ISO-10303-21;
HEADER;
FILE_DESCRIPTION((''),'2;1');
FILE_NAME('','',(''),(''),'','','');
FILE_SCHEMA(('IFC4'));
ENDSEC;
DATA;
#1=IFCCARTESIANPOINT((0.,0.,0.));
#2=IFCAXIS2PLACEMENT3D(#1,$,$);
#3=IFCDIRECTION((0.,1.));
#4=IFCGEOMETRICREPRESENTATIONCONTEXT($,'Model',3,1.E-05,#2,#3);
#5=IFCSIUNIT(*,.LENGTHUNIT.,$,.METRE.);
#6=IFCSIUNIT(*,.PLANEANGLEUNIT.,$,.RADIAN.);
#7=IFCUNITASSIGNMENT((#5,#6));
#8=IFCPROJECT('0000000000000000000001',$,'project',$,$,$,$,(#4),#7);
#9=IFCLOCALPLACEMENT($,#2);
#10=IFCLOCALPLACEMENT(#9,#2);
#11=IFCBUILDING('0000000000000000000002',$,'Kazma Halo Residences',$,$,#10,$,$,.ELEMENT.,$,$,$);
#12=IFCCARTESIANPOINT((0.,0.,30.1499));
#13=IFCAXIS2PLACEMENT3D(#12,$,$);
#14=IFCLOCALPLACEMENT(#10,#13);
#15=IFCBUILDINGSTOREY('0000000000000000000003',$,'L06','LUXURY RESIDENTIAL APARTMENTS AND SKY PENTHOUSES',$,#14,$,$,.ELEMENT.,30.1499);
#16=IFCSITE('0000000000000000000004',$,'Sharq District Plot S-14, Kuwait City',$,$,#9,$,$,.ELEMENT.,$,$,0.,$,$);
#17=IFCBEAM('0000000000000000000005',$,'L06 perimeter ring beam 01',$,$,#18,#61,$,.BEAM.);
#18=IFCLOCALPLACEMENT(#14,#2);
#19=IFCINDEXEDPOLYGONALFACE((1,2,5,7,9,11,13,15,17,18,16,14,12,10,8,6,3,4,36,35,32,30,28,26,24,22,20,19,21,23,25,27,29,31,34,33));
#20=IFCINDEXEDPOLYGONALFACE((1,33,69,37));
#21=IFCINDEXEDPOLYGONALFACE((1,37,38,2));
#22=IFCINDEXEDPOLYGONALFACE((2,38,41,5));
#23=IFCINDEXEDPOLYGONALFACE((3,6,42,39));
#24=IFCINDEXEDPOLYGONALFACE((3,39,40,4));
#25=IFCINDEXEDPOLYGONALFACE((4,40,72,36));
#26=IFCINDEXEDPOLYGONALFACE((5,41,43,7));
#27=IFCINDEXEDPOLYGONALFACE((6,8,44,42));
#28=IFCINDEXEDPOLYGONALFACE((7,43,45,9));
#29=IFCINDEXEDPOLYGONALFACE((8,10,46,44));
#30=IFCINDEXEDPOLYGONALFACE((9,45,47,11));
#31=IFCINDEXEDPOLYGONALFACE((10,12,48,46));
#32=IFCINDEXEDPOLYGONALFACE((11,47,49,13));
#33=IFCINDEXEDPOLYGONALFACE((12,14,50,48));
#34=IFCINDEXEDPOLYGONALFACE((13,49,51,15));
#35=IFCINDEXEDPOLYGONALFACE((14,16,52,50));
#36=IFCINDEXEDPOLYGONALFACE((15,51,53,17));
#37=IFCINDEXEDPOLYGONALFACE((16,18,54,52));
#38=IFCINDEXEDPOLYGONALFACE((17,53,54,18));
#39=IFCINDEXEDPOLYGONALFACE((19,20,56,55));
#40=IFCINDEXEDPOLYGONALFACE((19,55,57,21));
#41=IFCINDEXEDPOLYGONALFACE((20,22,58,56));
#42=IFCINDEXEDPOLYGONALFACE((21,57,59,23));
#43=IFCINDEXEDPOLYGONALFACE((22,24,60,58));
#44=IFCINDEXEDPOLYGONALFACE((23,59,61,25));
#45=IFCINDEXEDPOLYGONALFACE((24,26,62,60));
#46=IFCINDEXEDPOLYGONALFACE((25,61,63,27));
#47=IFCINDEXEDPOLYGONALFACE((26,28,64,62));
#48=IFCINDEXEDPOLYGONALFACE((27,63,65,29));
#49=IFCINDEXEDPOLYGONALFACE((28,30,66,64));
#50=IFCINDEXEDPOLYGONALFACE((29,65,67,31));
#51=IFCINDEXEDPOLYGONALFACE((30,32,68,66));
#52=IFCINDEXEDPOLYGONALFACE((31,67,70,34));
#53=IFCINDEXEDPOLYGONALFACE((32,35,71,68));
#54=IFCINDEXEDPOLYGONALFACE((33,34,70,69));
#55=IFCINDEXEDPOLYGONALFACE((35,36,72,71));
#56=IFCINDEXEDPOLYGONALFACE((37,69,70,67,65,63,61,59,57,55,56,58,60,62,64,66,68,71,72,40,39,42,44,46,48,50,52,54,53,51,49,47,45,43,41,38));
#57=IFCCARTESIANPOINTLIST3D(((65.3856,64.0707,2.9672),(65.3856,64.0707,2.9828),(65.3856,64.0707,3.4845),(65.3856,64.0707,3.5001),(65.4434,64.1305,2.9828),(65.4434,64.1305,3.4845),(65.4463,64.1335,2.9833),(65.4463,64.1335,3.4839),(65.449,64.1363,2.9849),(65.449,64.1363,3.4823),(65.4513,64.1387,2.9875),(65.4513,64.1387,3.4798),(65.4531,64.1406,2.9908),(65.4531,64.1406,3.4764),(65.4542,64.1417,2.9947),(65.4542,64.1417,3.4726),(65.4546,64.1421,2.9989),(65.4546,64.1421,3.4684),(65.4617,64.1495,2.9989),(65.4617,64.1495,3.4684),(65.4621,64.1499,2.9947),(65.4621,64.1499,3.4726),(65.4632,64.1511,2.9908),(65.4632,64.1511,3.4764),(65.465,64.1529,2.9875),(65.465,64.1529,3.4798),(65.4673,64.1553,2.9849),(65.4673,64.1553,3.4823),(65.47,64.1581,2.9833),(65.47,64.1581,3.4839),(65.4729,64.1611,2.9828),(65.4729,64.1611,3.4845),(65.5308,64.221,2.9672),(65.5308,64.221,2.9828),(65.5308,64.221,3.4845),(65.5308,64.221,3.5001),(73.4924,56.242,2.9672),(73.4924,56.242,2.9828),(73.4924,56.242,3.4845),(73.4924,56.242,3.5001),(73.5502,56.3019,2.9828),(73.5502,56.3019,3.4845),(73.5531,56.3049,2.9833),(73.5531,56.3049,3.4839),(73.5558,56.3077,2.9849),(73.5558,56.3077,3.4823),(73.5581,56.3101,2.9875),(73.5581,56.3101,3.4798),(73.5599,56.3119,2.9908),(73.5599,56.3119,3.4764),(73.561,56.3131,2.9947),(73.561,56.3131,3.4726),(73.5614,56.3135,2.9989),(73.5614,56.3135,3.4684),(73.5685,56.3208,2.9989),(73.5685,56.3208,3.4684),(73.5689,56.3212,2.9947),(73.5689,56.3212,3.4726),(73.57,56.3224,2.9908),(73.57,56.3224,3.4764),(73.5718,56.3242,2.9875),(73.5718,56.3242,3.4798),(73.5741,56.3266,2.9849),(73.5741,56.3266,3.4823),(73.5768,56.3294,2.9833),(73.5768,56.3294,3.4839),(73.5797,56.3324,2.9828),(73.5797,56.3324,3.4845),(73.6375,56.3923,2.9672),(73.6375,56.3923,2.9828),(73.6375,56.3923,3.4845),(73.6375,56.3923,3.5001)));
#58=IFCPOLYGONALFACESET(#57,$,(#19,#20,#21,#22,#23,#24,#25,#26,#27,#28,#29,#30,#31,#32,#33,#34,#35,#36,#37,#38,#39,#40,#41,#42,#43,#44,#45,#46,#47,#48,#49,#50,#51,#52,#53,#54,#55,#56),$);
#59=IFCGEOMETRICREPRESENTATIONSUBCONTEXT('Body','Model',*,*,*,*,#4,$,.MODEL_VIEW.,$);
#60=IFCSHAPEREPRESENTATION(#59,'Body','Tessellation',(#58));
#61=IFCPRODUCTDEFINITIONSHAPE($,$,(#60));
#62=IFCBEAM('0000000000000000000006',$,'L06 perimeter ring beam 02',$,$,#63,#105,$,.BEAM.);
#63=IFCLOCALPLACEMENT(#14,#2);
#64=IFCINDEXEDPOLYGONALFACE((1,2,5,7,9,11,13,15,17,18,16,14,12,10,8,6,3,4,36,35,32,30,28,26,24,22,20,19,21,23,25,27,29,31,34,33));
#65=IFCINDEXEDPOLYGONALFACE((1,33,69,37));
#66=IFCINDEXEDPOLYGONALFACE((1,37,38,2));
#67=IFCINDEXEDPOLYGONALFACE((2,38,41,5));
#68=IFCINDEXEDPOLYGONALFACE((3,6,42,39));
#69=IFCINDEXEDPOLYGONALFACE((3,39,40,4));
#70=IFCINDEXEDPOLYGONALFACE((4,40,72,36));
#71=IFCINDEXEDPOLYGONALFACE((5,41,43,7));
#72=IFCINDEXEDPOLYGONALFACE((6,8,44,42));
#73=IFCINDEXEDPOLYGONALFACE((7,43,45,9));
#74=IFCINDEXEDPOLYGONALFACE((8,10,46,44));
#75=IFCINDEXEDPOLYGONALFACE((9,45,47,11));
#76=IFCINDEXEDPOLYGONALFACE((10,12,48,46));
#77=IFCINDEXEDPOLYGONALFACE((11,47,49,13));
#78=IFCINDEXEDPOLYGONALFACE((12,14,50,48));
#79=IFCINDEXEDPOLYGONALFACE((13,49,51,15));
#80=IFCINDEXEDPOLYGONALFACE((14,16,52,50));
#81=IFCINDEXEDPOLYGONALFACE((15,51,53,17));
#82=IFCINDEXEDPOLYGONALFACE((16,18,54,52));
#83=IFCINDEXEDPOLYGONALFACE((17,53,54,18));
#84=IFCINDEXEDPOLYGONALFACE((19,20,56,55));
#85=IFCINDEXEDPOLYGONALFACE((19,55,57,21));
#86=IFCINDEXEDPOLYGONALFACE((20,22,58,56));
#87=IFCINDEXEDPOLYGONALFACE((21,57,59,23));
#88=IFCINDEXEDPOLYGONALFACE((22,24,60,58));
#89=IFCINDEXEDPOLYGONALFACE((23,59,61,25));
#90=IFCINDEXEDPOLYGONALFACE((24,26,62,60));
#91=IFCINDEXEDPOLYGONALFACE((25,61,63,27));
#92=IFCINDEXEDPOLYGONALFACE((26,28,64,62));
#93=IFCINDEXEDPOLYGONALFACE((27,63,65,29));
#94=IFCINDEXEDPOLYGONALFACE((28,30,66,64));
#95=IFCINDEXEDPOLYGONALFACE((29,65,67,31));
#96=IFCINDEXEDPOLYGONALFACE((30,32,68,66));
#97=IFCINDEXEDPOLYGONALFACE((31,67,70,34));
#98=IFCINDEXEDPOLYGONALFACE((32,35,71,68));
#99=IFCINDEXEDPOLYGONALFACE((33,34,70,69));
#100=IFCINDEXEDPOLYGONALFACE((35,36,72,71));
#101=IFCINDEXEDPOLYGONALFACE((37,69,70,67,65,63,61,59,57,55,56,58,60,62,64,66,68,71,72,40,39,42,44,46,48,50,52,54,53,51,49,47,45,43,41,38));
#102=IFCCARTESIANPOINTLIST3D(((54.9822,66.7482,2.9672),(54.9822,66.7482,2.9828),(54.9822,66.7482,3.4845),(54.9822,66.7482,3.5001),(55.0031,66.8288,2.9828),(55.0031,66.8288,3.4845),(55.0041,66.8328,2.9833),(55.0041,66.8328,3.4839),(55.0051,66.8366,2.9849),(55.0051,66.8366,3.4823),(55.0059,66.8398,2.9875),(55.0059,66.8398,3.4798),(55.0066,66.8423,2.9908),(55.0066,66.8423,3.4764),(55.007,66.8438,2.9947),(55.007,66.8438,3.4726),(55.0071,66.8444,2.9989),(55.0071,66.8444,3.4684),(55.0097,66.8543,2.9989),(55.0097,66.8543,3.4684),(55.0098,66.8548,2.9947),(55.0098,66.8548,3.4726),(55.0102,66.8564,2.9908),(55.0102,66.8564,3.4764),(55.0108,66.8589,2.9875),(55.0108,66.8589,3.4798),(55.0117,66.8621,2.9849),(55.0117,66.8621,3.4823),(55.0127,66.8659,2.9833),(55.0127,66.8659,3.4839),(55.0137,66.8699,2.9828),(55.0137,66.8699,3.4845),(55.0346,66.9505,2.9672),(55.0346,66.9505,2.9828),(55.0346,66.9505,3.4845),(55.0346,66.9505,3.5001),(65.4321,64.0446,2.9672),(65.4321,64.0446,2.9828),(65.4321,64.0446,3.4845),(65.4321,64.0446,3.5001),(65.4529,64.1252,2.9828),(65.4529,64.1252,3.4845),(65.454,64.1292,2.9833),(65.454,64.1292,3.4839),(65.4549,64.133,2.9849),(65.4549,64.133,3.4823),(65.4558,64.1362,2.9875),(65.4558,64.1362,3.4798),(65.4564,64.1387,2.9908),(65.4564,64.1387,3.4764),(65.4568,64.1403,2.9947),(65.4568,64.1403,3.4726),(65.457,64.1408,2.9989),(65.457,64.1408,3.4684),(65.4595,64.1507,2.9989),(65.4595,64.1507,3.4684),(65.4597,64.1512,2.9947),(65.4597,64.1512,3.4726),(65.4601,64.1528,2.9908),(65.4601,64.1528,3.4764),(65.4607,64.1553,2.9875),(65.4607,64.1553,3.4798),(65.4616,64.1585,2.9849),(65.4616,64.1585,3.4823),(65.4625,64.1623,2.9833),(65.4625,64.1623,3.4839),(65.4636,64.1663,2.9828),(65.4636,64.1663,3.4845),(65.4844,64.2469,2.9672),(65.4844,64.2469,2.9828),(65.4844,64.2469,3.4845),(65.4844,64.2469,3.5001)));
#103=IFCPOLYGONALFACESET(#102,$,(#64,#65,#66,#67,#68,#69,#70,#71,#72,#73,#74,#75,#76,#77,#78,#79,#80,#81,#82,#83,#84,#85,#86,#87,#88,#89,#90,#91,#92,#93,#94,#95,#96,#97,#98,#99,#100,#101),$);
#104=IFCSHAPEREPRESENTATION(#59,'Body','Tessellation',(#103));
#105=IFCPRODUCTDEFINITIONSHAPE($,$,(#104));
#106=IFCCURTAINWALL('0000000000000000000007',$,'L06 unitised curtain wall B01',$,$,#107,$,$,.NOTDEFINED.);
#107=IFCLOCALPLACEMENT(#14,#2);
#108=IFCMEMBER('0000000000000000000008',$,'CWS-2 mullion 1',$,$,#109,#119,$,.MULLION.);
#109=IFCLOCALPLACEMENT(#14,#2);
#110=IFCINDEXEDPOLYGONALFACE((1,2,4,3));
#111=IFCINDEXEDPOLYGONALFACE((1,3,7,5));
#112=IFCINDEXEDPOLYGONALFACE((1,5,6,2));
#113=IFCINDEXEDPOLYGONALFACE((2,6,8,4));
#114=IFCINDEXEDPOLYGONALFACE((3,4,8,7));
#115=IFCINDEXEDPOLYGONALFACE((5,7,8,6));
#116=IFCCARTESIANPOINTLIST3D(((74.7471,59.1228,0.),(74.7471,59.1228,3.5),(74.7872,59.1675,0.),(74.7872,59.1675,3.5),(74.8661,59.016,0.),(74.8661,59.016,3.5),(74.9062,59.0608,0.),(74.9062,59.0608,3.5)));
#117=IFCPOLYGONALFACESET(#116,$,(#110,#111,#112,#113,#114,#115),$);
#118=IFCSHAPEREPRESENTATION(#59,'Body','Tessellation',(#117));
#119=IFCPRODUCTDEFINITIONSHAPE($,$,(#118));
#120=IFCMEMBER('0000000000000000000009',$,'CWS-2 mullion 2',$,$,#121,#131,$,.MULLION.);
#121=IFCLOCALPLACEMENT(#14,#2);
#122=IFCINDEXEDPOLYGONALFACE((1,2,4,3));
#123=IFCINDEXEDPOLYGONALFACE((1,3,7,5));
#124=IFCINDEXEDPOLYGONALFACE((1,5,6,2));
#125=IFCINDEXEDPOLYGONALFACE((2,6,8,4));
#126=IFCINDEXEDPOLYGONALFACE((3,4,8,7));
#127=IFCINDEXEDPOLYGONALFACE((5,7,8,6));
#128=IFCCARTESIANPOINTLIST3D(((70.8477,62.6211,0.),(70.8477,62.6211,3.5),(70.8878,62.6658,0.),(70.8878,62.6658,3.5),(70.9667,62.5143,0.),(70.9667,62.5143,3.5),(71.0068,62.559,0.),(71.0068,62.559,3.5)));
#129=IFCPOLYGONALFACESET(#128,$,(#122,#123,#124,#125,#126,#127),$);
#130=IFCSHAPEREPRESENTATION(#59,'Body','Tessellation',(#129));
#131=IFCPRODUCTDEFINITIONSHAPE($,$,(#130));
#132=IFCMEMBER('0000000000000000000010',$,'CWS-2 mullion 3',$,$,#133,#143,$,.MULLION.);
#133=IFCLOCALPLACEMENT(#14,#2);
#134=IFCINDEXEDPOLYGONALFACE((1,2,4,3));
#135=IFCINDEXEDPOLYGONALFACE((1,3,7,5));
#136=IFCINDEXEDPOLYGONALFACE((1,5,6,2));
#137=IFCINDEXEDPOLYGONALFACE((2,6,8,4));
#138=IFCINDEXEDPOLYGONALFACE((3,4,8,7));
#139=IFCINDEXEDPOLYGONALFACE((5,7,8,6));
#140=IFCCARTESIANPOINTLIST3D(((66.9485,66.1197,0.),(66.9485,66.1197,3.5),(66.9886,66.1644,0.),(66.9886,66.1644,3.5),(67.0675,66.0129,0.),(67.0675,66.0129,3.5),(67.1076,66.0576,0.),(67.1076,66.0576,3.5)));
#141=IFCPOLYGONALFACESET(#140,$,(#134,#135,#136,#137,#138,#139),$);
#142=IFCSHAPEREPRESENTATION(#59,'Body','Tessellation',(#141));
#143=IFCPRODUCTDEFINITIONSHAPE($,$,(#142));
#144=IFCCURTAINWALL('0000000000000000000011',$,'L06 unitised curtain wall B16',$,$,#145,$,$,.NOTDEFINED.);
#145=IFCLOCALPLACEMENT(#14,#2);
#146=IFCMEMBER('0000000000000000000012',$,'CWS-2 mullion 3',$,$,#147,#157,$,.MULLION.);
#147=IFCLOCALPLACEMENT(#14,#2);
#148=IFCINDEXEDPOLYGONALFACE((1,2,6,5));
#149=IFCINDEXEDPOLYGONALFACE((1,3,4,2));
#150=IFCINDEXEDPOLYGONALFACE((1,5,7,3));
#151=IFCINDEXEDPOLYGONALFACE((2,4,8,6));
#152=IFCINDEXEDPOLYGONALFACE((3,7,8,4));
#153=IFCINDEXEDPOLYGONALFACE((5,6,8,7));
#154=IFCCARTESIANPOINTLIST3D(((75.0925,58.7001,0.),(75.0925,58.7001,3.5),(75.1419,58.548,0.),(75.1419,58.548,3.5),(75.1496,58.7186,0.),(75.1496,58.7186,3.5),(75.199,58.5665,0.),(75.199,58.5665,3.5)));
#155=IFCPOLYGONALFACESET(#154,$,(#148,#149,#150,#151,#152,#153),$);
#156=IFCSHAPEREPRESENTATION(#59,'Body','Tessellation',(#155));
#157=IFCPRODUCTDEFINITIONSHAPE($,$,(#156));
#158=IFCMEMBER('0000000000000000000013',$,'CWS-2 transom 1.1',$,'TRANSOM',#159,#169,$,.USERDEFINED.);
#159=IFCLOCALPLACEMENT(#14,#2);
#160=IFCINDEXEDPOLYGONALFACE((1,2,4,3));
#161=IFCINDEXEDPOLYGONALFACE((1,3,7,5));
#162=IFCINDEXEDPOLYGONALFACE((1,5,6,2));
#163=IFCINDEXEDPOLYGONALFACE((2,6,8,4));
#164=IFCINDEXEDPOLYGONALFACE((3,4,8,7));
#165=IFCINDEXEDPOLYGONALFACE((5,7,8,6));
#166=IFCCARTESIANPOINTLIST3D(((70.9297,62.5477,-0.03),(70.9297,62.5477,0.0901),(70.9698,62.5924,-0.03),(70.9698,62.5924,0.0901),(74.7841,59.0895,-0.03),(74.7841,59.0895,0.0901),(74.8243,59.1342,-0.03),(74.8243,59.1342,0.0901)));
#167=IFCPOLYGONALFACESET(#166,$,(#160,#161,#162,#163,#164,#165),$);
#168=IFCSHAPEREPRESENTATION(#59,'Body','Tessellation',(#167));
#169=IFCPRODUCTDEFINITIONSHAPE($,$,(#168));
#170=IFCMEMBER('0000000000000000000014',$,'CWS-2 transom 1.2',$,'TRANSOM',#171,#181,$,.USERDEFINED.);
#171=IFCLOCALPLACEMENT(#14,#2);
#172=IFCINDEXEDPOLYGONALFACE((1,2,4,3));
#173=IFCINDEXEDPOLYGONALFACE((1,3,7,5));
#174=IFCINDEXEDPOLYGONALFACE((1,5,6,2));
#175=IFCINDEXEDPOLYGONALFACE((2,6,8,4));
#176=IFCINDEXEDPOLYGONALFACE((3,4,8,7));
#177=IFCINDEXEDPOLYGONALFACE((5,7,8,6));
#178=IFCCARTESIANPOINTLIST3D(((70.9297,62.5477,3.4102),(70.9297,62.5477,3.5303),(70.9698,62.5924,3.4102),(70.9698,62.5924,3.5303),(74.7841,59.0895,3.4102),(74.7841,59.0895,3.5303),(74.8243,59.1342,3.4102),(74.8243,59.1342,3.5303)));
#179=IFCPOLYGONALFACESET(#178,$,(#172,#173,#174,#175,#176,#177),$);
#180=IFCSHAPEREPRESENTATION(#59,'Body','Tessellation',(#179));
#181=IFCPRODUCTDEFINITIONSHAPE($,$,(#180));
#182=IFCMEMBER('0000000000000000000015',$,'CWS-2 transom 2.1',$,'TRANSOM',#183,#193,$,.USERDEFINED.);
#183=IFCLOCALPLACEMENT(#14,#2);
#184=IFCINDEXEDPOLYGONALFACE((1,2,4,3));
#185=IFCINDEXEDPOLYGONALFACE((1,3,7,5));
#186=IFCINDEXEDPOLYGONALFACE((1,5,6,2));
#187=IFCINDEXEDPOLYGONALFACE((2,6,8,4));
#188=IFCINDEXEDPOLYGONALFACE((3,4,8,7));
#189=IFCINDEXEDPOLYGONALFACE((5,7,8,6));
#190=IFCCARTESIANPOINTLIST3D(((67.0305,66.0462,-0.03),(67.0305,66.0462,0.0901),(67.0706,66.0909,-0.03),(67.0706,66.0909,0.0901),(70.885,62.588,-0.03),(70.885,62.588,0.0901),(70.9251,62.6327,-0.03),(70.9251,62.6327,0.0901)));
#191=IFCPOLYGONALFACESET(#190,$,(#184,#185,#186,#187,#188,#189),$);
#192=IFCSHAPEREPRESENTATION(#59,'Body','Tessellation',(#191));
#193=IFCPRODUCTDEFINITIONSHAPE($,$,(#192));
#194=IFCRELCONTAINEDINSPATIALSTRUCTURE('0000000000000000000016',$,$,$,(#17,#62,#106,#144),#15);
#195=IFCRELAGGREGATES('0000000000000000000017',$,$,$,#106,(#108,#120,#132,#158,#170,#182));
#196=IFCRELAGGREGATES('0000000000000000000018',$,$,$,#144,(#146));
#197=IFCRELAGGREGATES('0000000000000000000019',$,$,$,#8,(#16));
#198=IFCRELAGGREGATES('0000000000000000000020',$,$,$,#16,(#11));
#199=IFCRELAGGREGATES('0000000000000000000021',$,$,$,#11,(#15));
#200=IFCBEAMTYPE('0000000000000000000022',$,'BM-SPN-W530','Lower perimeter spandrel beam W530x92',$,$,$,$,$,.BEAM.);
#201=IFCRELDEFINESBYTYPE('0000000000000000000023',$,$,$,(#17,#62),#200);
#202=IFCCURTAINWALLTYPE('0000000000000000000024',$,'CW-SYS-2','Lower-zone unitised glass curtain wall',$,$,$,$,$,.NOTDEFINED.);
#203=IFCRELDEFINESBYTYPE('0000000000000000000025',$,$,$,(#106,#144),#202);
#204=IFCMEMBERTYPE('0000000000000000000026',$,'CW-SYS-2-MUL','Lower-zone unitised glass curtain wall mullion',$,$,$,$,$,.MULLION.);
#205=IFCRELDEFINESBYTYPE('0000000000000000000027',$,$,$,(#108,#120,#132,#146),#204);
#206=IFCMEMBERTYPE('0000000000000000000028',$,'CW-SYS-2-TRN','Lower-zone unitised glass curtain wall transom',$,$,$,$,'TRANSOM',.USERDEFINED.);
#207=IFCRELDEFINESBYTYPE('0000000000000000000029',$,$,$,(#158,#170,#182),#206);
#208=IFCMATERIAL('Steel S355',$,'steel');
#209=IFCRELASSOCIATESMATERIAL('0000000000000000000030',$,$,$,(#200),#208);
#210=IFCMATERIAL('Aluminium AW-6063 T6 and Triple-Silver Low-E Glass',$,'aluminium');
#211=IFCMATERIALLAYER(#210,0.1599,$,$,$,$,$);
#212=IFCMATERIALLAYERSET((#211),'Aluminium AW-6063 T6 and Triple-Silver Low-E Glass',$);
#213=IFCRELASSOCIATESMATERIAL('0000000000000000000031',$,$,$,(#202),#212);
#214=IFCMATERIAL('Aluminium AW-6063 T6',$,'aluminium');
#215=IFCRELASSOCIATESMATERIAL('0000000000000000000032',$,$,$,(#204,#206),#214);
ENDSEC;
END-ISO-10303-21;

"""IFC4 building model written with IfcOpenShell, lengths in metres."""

from ifc_helpers import new_model, si_unit, direction, frame, origin, origin_2d, place, context, subcontext, project, spatial, rectangle, i_section, extrude, material, layer, layer_set, material_profile, profile_set, type_object, element, aggregate, save


model = new_model("IFC4")

# Units and contexts
model_context = context("Model", 3, precision=1e-05, world=origin(), true_north=direction((0.0, 1.0)))
body_context = subcontext(model_context, "Body", "Model", "MODEL_VIEW")
ifc_project = project(units=[si_unit("LENGTHUNIT", "METRE"), si_unit("PLANEANGLEUNIT", "RADIAN")], contexts=[model_context])

# Site, building, storey
site_placement = place(None, origin())
site = spatial("IfcSite", under=ifc_project, at=site_placement, Name="Sharq District Plot S-14, Kuwait City", CompositionType="ELEMENT", RefElevation=0.0)
building_placement = place(site_placement, origin())
building = spatial("IfcBuilding", under=site, at=building_placement, Name="Kazma Halo Residences", CompositionType="ELEMENT")
storey_placement = place(building_placement, frame((0.0, 0.0, 30.1499)))
storey = spatial("IfcBuildingStorey", under=building, at=storey_placement, Name="L06", Description="LUXURY RESIDENTIAL APARTMENTS AND SKY PENTHOUSES", CompositionType="ELEMENT", Elevation=30.1499)

# Beams
ifc_material_1 = material(Name="Steel S355", Category="steel")
ifc_material_profile_1 = material_profile(ifc_material_1, i_section(OverallWidth=0.209, OverallDepth=0.533, WebThickness=0.0103, FlangeThickness=0.0156, FilletRadius=0.0161, at=origin_2d()), Name="W530x92")
ifc_profile_set_1 = profile_set([ifc_material_profile_1], Name="Steel S355")
beam_type_1 = type_object("IfcBeamType", Name="BM-SPN-W530", Description="Lower perimeter spandrel beam W530x92", PredefinedType="BEAM", material=ifc_profile_set_1)
beam_1_placement = place(storey_placement, frame((73.5649, 56.3171, 3.2336), z_axis=(-0.719337, 0.694662, 0.0), x_axis=(-0.694662, -0.719337, 0.0)))
element("IfcBeam", 1, at=beam_1_placement, inside=storey, type_object=beam_type_1, Name="L06 perimeter ring beam 01", PredefinedType="BEAM", context=body_context, shape_type="SweptSolid", body=[
    extrude(i_section(OverallWidth=0.209, OverallDepth=0.533, WebThickness=0.0103, FlangeThickness=0.0156, FilletRadius=0.0161, at=origin_2d()), origin(), (0.0, 0.0, 1.0), 11.2698),
])
beam_2_placement = place(storey_placement, frame((65.4583, 64.1458, 3.2336), z_axis=(-0.968124, 0.250473, 0.0), x_axis=(-0.250473, -0.968124, 0.0)))
element("IfcBeam", 2, at=beam_2_placement, inside=storey, type_object=beam_type_1, Name="L06 perimeter ring beam 02", PredefinedType="BEAM", context=body_context, shape_type="SweptSolid", body=[
    extrude(i_section(OverallWidth=0.209, OverallDepth=0.533, WebThickness=0.0103, FlangeThickness=0.0156, FilletRadius=0.0161, at=origin_2d()), origin(), (0.0, 0.0, 1.0), 10.7939),
])

# Curtain wall, members
ifc_material_2 = material(Name="Aluminium AW-6063 T6 and Triple-Silver Low-E Glass", Category="aluminium")
ifc_layer_1 = layer(ifc_material_2, 0.1599)
ifc_layer_set_1 = layer_set([ifc_layer_1], Name="Aluminium AW-6063 T6 and Triple-Silver Low-E Glass")
curtain_wall_type = type_object("IfcCurtainWallType", Name="CW-SYS-2", Description="Lower-zone unitised glass curtain wall", PredefinedType="NOTDEFINED", material=ifc_layer_set_1)
curtain_wall_1_placement = place(storey_placement, origin())
curtain_wall_1 = element("IfcCurtainWall", 3, at=curtain_wall_1_placement, inside=storey, type_object=curtain_wall_type, Name="L06 unitised curtain wall B01", PredefinedType="NOTDEFINED")
ifc_material_3 = material(Name="Aluminium AW-6063 T6", Category="aluminium")
ifc_material_profile_2 = material_profile(ifc_material_3, rectangle(XDim=0.0601, YDim=0.1599, at=origin_2d()), Name="CWM-60x160")
ifc_profile_set_2 = profile_set([ifc_material_profile_2], Name="Aluminium AW-6063 T6")
member_type_1 = type_object("IfcMemberType", Name="CW-SYS-2-MUL", Description="Lower-zone unitised glass curtain wall mullion", PredefinedType="MULLION", material=ifc_profile_set_2)
member_1_placement = place(storey_placement, frame((74.8267, 59.0918, 0.0), z_axis=(0.0, 0.0, 1.0), x_axis=(-0.667821, -0.744322, 0.0)))
member_1 = element("IfcMember", 4, at=member_1_placement, type_object=member_type_1, Name="CWS-2 mullion 1", PredefinedType="MULLION", context=body_context, shape_type="SweptSolid", body=[
    extrude(rectangle(XDim=0.0601, YDim=0.1599, at=origin_2d()), origin(), (0.0, 0.0, 1.0), 3.5),
])
member_2_placement = place(storey_placement, frame((70.9272, 62.5901, 0.0), z_axis=(0.0, 0.0, 1.0), x_axis=(-0.667821, -0.744322, 0.0)))
member_2 = element("IfcMember", 5, at=member_2_placement, type_object=member_type_1, Name="CWS-2 mullion 2", PredefinedType="MULLION", context=body_context, shape_type="SweptSolid", body=[
    extrude(rectangle(XDim=0.0601, YDim=0.1599, at=origin_2d()), origin(), (0.0, 0.0, 1.0), 3.5),
])
member_3_placement = place(storey_placement, frame((67.0281, 66.0886, 0.0), z_axis=(0.0, 0.0, 1.0), x_axis=(-0.667821, -0.744322, 0.0)))
member_3 = element("IfcMember", 6, at=member_3_placement, type_object=member_type_1, Name="CWS-2 mullion 3", PredefinedType="MULLION", context=body_context, shape_type="SweptSolid", body=[
    extrude(rectangle(XDim=0.0601, YDim=0.1599, at=origin_2d()), origin(), (0.0, 0.0, 1.0), 3.5),
])

# Curtain wall, member
curtain_wall_2_placement = place(storey_placement, origin())
curtain_wall_2 = element("IfcCurtainWall", 7, at=curtain_wall_2_placement, inside=storey, type_object=curtain_wall_type, Name="L06 unitised curtain wall B16", PredefinedType="NOTDEFINED")
member_4_placement = place(storey_placement, frame((75.1458, 58.6333, 0.0), z_axis=(0.0, 0.0, 1.0), x_axis=(-0.951057, -0.309017, 0.0)))
member_4 = element("IfcMember", 8, at=member_4_placement, type_object=member_type_1, Name="CWS-2 mullion 3", PredefinedType="MULLION", context=body_context, shape_type="SweptSolid", body=[
    extrude(rectangle(XDim=0.0601, YDim=0.1599, at=origin_2d()), origin(), (0.0, 0.0, 1.0), 3.5),
])

# Members
ifc_material_profile_3 = material_profile(ifc_material_3, rectangle(XDim=0.0601, YDim=0.1201, at=origin_2d()), Name="CWT-60x120")
ifc_profile_set_3 = profile_set([ifc_material_profile_3], Name="Aluminium AW-6063 T6")
member_type_2 = type_object("IfcMemberType", Name="CW-SYS-2-TRN", Description="Lower-zone unitised glass curtain wall transom", ElementType="TRANSOM", PredefinedType="USERDEFINED", material=ifc_profile_set_3)
member_5_placement = place(storey_placement, frame((74.8042, 59.1118, 0.03), z_axis=(-0.744329, 0.667813, 0.0), x_axis=(-0.667813, -0.744329, 0.0)))
member_5 = element("IfcMember", 9, at=member_5_placement, type_object=member_type_2, Name="CWS-2 transom 1.1", ObjectType="TRANSOM", PredefinedType="USERDEFINED", context=body_context, shape_type="SweptSolid", body=[
    extrude(rectangle(XDim=0.0601, YDim=0.1201, at=origin_2d()), origin(), (0.0, 0.0, 1.0), 5.1785),
])
member_6_placement = place(storey_placement, frame((74.8042, 59.1118, 3.4702), z_axis=(-0.744329, 0.667813, 0.0), x_axis=(-0.667813, -0.744329, 0.0)))
member_6 = element("IfcMember", 10, at=member_6_placement, type_object=member_type_2, Name="CWS-2 transom 1.2", ObjectType="TRANSOM", PredefinedType="USERDEFINED", context=body_context, shape_type="SweptSolid", body=[
    extrude(rectangle(XDim=0.0601, YDim=0.1201, at=origin_2d()), origin(), (0.0, 0.0, 1.0), 5.1785),
])
member_7_placement = place(storey_placement, frame((70.905, 62.6104, 0.03), z_axis=(-0.744329, 0.667813, 0.0), x_axis=(-0.667813, -0.744329, 0.0)))
member_7 = element("IfcMember", 11, at=member_7_placement, type_object=member_type_2, Name="CWS-2 transom 2.1", ObjectType="TRANSOM", PredefinedType="USERDEFINED", context=body_context, shape_type="SweptSolid", body=[
    extrude(rectangle(XDim=0.0601, YDim=0.1201, at=origin_2d()), origin(), (0.0, 0.0, 1.0), 5.1785),
])

aggregate(curtain_wall_1, [member_1, member_2, member_3, member_5, member_6, member_7])
aggregate(curtain_wall_2, [member_4])

save(model, "model.ifc")
